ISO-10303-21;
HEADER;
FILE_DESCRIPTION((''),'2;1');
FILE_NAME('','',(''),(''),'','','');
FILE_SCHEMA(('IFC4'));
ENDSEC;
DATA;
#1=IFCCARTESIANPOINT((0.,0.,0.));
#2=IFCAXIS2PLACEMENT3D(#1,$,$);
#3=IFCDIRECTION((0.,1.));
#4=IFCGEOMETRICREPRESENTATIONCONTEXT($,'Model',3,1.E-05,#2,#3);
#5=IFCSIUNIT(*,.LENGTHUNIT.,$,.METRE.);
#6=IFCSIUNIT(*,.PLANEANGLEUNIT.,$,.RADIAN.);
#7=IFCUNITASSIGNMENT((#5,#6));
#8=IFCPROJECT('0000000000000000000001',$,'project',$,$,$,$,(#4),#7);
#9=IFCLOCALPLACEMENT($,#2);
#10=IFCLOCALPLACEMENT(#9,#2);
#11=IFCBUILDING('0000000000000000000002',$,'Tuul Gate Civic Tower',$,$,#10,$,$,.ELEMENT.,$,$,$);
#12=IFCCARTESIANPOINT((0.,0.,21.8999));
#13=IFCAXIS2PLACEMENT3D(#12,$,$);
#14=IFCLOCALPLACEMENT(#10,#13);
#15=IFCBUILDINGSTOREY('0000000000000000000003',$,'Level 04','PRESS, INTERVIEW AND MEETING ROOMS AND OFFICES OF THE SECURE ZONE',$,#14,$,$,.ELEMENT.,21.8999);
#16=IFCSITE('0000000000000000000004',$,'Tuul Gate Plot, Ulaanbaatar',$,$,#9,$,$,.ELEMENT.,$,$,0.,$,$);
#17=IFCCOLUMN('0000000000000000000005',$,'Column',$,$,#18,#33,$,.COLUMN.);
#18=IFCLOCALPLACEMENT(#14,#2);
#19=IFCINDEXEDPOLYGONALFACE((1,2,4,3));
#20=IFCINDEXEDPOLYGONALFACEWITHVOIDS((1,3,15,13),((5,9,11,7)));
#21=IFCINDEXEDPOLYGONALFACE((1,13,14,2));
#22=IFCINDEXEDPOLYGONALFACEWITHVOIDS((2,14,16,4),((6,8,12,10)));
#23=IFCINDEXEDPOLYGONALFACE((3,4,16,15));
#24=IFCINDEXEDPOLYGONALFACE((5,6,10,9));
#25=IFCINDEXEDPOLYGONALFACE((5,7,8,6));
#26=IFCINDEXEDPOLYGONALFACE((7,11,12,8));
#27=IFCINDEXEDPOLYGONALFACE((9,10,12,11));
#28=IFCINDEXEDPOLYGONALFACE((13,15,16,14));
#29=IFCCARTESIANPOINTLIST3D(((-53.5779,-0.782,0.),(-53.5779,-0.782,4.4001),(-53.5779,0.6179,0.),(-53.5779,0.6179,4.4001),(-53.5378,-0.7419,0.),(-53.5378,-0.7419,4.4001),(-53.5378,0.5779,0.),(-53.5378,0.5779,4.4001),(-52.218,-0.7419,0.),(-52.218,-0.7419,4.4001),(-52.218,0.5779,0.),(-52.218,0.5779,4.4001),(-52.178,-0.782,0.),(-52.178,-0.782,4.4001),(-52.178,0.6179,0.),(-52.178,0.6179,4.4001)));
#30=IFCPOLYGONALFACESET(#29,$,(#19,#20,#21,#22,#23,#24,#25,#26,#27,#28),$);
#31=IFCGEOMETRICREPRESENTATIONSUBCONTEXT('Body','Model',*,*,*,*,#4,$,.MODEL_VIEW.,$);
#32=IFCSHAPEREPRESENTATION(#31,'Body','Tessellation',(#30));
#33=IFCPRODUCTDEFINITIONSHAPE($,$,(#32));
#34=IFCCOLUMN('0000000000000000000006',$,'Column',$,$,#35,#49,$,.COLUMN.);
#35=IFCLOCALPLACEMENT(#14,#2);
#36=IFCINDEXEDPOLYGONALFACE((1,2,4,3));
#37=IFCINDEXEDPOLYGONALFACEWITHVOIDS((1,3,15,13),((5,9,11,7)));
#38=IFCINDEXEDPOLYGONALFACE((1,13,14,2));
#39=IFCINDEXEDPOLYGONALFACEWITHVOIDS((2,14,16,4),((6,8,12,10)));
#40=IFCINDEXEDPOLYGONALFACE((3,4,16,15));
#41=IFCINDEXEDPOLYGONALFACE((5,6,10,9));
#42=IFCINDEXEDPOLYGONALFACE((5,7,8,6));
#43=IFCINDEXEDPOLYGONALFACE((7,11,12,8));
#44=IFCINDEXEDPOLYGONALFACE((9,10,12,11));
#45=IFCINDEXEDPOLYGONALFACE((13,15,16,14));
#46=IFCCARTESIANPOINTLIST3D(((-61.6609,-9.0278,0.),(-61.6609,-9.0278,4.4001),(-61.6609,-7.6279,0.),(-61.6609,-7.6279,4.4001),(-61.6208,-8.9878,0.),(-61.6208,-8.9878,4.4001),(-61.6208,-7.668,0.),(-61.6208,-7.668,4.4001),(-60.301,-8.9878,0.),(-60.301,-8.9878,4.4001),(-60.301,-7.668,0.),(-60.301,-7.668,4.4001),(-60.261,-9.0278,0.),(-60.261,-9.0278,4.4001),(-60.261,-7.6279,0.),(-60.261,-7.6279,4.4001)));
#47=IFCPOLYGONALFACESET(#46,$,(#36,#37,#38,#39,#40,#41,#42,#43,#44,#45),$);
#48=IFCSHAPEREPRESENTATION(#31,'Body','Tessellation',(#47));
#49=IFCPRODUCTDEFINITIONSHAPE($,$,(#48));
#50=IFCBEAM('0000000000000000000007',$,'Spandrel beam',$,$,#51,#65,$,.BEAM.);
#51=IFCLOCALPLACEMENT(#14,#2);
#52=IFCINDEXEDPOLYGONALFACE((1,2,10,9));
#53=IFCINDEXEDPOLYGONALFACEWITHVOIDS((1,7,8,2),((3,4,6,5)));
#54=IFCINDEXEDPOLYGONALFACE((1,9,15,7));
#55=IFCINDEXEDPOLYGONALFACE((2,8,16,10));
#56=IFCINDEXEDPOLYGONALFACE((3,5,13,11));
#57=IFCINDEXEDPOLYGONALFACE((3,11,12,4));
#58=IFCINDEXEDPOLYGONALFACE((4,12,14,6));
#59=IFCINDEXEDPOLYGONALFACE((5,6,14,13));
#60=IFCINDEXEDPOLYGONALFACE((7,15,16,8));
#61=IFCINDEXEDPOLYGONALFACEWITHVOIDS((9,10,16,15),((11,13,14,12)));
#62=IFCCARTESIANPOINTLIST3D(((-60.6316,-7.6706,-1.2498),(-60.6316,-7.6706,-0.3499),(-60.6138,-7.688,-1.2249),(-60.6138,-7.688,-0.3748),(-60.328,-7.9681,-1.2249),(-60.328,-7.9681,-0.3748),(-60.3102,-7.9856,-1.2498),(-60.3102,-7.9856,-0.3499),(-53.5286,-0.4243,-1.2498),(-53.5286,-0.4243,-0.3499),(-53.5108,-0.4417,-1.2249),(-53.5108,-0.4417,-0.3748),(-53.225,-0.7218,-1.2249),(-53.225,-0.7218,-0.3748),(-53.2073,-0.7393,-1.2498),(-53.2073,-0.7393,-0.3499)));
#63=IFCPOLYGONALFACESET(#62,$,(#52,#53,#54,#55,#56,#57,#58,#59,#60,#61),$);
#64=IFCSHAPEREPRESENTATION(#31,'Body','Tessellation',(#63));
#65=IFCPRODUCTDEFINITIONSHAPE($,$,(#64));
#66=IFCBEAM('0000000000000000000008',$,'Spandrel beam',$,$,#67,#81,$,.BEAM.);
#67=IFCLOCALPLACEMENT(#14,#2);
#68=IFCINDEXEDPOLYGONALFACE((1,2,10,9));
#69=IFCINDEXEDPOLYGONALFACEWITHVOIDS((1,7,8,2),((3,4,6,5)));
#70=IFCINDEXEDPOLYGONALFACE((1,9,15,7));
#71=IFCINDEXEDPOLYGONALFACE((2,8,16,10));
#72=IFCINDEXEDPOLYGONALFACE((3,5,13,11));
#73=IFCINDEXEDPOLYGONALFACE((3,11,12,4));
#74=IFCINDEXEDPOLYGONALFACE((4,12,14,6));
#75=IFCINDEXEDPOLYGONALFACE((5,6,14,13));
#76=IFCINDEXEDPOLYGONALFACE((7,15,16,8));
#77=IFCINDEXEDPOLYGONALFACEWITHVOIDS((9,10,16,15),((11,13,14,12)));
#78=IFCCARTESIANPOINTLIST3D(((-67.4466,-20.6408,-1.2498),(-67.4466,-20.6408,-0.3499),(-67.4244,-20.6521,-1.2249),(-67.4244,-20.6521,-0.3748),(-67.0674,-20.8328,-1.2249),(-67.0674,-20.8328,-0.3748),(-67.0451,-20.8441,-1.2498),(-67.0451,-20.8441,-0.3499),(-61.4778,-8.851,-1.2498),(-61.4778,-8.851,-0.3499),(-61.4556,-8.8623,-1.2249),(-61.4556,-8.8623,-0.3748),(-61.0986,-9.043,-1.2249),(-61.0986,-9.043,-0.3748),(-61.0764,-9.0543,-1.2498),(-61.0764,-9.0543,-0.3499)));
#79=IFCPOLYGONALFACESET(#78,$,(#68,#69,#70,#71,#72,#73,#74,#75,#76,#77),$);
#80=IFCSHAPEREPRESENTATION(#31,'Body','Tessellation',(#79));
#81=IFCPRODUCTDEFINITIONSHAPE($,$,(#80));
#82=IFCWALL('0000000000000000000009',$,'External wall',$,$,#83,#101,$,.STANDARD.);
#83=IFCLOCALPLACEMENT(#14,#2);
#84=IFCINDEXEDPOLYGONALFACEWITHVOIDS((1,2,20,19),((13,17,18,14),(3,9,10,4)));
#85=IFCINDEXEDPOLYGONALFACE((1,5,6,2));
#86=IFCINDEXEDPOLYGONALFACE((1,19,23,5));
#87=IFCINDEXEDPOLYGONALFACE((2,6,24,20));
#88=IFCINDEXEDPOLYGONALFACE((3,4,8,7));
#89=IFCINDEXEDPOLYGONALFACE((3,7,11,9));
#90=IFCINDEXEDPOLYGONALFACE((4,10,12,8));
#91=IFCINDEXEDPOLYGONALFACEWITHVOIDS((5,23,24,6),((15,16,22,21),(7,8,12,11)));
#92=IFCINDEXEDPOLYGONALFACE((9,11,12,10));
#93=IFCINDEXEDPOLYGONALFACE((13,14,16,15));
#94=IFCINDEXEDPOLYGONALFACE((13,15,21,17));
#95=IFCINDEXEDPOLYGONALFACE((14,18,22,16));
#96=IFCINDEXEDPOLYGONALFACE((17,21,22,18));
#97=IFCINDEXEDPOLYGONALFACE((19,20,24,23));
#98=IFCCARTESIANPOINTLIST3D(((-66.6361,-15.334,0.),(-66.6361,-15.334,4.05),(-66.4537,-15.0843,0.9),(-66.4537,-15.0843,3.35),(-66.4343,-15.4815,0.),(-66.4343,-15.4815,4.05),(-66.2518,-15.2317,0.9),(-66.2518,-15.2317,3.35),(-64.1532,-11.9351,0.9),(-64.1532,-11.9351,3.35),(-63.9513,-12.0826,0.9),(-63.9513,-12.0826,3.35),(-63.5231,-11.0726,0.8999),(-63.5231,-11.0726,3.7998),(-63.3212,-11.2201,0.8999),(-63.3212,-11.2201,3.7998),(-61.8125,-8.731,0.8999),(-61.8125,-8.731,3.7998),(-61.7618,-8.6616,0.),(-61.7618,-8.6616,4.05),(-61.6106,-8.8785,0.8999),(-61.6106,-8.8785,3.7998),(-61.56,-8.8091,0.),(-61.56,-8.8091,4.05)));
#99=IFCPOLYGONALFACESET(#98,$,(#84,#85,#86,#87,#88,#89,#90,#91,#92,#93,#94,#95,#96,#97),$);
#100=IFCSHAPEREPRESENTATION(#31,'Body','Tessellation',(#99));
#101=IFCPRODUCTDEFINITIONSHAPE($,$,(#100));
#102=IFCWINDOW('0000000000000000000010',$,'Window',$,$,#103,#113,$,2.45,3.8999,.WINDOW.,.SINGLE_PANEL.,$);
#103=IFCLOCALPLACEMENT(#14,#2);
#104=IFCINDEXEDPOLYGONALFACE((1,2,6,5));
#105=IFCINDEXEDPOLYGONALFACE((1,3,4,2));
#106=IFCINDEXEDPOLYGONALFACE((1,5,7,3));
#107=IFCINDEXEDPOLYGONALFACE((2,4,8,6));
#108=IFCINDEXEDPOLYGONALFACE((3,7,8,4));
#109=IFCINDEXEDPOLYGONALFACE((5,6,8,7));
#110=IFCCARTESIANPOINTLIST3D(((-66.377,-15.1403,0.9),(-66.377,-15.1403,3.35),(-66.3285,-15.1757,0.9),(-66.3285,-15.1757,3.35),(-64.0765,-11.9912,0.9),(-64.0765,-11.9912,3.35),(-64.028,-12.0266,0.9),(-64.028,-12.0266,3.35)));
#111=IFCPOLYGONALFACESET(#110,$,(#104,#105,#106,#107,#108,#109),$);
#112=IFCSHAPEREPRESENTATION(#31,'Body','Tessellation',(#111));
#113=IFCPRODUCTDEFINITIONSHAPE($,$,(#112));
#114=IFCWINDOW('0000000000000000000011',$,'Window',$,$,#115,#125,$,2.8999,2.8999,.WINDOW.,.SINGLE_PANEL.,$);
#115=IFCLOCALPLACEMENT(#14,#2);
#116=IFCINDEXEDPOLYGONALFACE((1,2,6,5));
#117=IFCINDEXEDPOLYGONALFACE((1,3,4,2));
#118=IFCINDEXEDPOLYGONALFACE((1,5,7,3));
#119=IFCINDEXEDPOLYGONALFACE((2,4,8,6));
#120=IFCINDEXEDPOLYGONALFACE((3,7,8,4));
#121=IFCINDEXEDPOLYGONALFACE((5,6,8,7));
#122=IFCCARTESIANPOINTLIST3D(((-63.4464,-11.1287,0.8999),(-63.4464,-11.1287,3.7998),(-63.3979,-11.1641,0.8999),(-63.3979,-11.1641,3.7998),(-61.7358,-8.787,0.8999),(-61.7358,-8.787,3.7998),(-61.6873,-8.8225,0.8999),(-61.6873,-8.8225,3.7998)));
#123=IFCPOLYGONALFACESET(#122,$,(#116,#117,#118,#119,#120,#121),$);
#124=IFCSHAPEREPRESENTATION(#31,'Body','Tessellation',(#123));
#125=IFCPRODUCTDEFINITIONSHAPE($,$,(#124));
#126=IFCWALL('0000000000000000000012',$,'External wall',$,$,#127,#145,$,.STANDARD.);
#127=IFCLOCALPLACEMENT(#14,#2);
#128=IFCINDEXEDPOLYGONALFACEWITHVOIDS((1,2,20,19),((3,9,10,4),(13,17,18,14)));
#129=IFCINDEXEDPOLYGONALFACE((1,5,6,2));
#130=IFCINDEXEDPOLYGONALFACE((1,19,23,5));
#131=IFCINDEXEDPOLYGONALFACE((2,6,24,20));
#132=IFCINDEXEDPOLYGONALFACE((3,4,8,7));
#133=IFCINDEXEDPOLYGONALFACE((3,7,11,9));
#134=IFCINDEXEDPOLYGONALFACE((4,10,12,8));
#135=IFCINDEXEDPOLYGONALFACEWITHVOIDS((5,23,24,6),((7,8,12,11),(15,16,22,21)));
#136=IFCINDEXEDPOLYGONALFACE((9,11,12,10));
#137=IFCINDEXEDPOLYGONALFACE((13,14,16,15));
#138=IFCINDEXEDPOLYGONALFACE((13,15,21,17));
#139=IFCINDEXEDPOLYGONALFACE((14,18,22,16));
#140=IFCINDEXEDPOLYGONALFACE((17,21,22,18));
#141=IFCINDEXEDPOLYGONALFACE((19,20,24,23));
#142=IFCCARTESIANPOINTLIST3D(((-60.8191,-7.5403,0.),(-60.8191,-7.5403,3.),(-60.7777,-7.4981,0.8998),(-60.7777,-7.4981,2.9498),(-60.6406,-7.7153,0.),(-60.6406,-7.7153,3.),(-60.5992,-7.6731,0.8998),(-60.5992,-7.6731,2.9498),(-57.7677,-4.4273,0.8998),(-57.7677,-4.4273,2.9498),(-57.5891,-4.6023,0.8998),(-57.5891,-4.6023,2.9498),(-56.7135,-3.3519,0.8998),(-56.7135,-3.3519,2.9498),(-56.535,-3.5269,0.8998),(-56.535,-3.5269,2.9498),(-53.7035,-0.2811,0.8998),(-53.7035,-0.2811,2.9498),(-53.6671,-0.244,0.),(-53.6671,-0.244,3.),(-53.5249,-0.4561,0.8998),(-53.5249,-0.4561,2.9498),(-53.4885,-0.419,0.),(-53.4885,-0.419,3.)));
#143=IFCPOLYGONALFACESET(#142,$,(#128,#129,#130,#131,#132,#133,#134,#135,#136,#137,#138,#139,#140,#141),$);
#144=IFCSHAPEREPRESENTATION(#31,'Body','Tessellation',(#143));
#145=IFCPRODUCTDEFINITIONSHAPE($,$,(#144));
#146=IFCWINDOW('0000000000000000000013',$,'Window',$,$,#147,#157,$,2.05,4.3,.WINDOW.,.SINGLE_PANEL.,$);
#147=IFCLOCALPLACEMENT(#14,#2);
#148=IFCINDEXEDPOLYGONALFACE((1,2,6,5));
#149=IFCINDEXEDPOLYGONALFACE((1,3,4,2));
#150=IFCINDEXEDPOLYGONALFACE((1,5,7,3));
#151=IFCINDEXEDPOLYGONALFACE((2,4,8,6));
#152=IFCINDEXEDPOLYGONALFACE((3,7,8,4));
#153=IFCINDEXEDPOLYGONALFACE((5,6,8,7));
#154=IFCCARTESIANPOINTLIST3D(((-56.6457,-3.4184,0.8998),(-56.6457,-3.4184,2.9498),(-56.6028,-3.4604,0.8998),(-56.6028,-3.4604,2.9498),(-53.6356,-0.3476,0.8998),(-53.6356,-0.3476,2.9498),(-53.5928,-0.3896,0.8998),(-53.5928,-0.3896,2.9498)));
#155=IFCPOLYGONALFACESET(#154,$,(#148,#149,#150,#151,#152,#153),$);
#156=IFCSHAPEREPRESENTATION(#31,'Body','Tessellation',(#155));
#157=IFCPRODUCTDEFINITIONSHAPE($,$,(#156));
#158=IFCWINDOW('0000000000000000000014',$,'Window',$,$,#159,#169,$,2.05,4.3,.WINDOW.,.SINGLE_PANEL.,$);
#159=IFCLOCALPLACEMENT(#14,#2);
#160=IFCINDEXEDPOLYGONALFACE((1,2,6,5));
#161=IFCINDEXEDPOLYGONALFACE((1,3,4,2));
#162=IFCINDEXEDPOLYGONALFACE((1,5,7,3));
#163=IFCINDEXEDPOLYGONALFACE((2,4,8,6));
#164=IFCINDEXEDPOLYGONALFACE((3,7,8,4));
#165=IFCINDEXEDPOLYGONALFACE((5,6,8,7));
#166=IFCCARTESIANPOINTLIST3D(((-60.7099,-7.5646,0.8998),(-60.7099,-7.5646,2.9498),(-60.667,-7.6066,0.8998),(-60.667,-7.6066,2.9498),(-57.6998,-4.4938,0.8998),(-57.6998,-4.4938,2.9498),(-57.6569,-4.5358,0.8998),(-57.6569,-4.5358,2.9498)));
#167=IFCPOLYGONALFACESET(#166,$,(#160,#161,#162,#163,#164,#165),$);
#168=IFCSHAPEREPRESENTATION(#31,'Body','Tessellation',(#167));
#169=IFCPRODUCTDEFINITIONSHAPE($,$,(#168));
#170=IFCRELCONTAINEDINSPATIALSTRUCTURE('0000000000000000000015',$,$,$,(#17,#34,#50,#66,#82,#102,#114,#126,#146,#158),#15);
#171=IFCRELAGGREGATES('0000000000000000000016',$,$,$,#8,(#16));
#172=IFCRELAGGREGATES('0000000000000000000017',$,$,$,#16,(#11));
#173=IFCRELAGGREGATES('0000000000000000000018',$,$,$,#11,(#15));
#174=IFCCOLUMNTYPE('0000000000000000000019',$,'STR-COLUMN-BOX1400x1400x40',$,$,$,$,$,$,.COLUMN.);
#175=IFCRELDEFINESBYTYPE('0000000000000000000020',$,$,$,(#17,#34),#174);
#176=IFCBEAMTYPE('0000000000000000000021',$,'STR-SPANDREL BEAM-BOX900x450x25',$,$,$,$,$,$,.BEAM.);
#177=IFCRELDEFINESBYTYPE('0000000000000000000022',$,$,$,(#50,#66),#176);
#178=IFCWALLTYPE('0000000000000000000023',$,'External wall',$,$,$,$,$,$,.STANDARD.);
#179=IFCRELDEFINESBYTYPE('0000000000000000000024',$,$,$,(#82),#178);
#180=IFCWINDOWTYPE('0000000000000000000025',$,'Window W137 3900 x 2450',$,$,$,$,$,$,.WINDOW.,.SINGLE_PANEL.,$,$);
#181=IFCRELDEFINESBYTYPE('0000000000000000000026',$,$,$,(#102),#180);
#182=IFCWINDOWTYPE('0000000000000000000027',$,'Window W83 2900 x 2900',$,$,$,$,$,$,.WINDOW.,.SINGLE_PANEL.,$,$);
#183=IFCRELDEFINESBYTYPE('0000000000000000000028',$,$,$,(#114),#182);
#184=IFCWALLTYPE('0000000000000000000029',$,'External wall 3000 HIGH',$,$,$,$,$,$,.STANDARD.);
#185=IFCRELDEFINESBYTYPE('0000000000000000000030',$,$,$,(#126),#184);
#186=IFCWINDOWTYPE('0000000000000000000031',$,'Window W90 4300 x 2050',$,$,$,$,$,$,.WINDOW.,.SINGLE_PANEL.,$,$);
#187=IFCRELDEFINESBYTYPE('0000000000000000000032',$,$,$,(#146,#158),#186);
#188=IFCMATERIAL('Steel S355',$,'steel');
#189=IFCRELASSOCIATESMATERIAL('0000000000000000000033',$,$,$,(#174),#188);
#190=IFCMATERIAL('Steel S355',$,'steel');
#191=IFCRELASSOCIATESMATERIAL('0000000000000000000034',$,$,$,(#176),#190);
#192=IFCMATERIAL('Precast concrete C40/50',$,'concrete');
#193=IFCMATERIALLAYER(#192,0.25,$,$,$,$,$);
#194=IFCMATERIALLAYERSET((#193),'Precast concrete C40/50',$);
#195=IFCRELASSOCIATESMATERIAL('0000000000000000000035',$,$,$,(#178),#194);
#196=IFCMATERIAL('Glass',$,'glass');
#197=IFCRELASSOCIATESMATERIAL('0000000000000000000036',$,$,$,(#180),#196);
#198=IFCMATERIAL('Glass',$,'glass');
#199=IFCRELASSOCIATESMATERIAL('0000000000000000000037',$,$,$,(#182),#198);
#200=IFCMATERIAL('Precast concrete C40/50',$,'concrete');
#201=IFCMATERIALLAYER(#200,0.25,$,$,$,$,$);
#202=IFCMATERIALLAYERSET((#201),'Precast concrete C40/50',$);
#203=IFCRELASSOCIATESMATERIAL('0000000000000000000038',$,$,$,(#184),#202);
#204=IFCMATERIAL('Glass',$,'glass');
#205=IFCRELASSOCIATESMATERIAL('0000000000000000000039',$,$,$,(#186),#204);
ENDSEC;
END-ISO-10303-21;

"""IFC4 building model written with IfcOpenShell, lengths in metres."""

from ifc_helpers import new_model, si_unit, direction, frame, frame_2d, origin, origin_2d, place, context, subcontext, project, spatial, rectangle, hollow_rectangle, extrude, material, layer, layer_set, material_profile, profile_set, type_object, element, fill, save


model = new_model("IFC4")

# Units and contexts
model_context = context("Model", 3, precision=1e-05, world=origin(), true_north=direction((0.0, 1.0)))
body_context = subcontext(model_context, "Body", "Model", "MODEL_VIEW")
ifc_project = project(units=[si_unit("LENGTHUNIT", "METRE"), si_unit("PLANEANGLEUNIT", "RADIAN")], contexts=[model_context])

# Site, building, storey
site_placement = place(None, origin())
site = spatial("IfcSite", under=ifc_project, at=site_placement, Name="Tuul Gate Plot, Ulaanbaatar", CompositionType="ELEMENT", RefElevation=0.0)
building_placement = place(site_placement, origin())
building = spatial("IfcBuilding", under=site, at=building_placement, Name="Tuul Gate Civic Tower", CompositionType="ELEMENT")
storey_placement = place(building_placement, frame((0.0, 0.0, 21.8999)))
storey = spatial("IfcBuildingStorey", under=building, at=storey_placement, Name="Level 04", Description="PRESS, INTERVIEW AND MEETING ROOMS AND OFFICES OF THE SECURE ZONE", CompositionType="ELEMENT", Elevation=21.8999)

# Columns
ifc_material_1 = material(Name="Steel S355", Category="steel")
ifc_material_profile_1 = material_profile(ifc_material_1, hollow_rectangle(XDim=1.3999, YDim=1.3999, WallThickness=0.04, at=origin_2d()), Name="BOX1400x1400x40")
ifc_profile_set_1 = profile_set([ifc_material_profile_1], Name="Steel S355")
column_type = type_object("IfcColumnType", Name="STR-COLUMN-BOX1400x1400x40", PredefinedType="COLUMN", material=ifc_profile_set_1)
for number, where, z_axis, x_axis, name in (
    (1, (-52.8779, -0.082, 0.0), (0.0, 0.0, 1.0), (1.0, 0.0, 0.0), "Column"),
    (2, (-60.9609, -8.3279, 0.0), (0.0, 0.0, 1.0), (1.0, 0.0, 0.0), "Column"),
):
    element("IfcColumn", number, at=place(storey_placement, frame(where, z_axis=z_axis, x_axis=x_axis)), inside=storey, type_object=column_type, Name=name, PredefinedType="COLUMN", context=body_context, shape_type="SweptSolid", body=[
        extrude(hollow_rectangle(XDim=1.3999, YDim=1.3999, WallThickness=0.04, at=origin_2d()), origin(), (0.0, 0.0, 1.0), 4.4001),
    ])

# Beams
ifc_material_2 = material(Name="Steel S355", Category="steel")
ifc_material_profile_2 = material_profile(ifc_material_2, hollow_rectangle(XDim=0.45, YDim=0.8999, WallThickness=0.0249, at=origin_2d()), Name="BOX900x450x25")
ifc_profile_set_2 = profile_set([ifc_material_profile_2], Name="Steel S355")
beam_type = type_object("IfcBeamType", Name="STR-SPANDREL BEAM-BOX900x450x25", PredefinedType="BEAM", material=ifc_profile_set_2)
beam_1_placement = place(storey_placement, frame((-53.3679, -0.5818, -0.7998), z_axis=(-0.70001, -0.714133, 0.0), x_axis=(0.714133, -0.70001, 0.0)))
element("IfcBeam", 3, at=beam_1_placement, inside=storey, type_object=beam_type, Name="Spandrel beam", PredefinedType="BEAM", context=body_context, shape_type="SweptSolid", body=[
    extrude(hollow_rectangle(XDim=0.45, YDim=0.8999, WallThickness=0.0249, at=origin_2d()), origin(), (0.0, 0.0, 1.0), 10.147),
])
beam_2_placement = place(storey_placement, frame((-61.2771, -8.9526, -0.7998), z_axis=(-0.451679, -0.892181, 0.0), x_axis=(0.892181, -0.451679, 0.0)))
element("IfcBeam", 4, at=beam_2_placement, inside=storey, type_object=beam_type, Name="Spandrel beam", PredefinedType="BEAM", context=body_context, shape_type="SweptSolid", body=[
    extrude(hollow_rectangle(XDim=0.45, YDim=0.8999, WallThickness=0.0249, at=origin_2d()), origin(), (0.0, 0.0, 1.0), 13.2146),
])

# Walls, openings, windows
ifc_material_3 = material(Name="Precast concrete C40/50", Category="concrete")
ifc_layer_1 = layer(ifc_material_3, 0.25)
ifc_layer_set_1 = layer_set([ifc_layer_1], Name="Precast concrete C40/50")
wall_type_1 = type_object("IfcWallType", Name="External wall", PredefinedType="STANDARD", material=ifc_layer_set_1)
wall_1_placement = place(storey_placement, frame((-61.6609, -8.7354, 0.0), z_axis=(0.0, 0.0, 1.0), x_axis=(-0.589883, -0.807489, 0.0)))
wall_1 = element("IfcWall", 5, at=wall_1_placement, inside=storey, type_object=wall_type_1, Name="External wall", PredefinedType="STANDARD", context=body_context, shape_type="SweptSolid", body=[
    extrude(rectangle(XDim=8.2632, YDim=0.25, at=frame_2d((4.1316, 0.0))), origin(), (0.0, 0.0, 1.0), 4.05),
])
opening_1_placement = place(wall_1_placement, frame((0.0859, 0.0, 0.8999)))
opening_1 = element("IfcOpeningElement", 6, at=opening_1_placement, cuts=wall_1, PredefinedType="OPENING", context=body_context, shape_type="SweptSolid", body=[
    extrude(rectangle(XDim=2.8999, YDim=2.8999, at=frame_2d((1.45, 1.45))), frame((0.0, 0.135, 0.0), z_axis=(0.0, -1.0, 0.0), x_axis=(1.0, 0.0, 0.0)), (0.0, 0.0, 1.0), 0.27),
])
opening_2_placement = place(wall_1_placement, frame((4.054, 0.0, 0.8999)))
opening_2 = element("IfcOpeningElement", 7, at=opening_2_placement, cuts=wall_1, PredefinedType="OPENING", context=body_context, shape_type="SweptSolid", body=[
    extrude(rectangle(XDim=3.8999, YDim=2.45, at=frame_2d((1.95, 1.2251))), frame((0.0, 0.135, 0.0), z_axis=(0.0, -1.0, 0.0), x_axis=(1.0, 0.0, 0.0)), (0.0, 0.0, 1.0), 0.27),
])
ifc_material_4 = material(Name="Glass", Category="glass")
window_type_1 = type_object("IfcWindowType", Name="Window W137 3900 x 2450", PartitioningType="SINGLE_PANEL", PredefinedType="WINDOW", material=ifc_material_4)
window_1_placement = place(opening_2_placement, origin())
window_1 = element("IfcWindow", 8, at=window_1_placement, inside=storey, type_object=window_type_1, Name="Window", OverallHeight=2.45, OverallWidth=3.8999, PartitioningType="SINGLE_PANEL", PredefinedType="WINDOW", context=body_context, shape_type="SweptSolid", body=[
    extrude(rectangle(XDim=3.8999, YDim=2.45, at=frame_2d((1.95, 1.2251))), frame((0.0, 0.03, 0.0), z_axis=(0.0, -1.0, 0.0), x_axis=(1.0, 0.0, 0.0)), (0.0, 0.0, 1.0), 0.0601),
])
fill(opening_2, window_1)
ifc_material_5 = material(Name="Glass", Category="glass")
window_type_2 = type_object("IfcWindowType", Name="Window W83 2900 x 2900", PartitioningType="SINGLE_PANEL", PredefinedType="WINDOW", material=ifc_material_5)
window_2_placement = place(opening_1_placement, origin())
window_2 = element("IfcWindow", 9, at=window_2_placement, inside=storey, type_object=window_type_2, Name="Window", OverallHeight=2.8999, OverallWidth=2.8999, PartitioningType="SINGLE_PANEL", PredefinedType="WINDOW", context=body_context, shape_type="SweptSolid", body=[
    extrude(rectangle(XDim=2.8999, YDim=2.8999, at=frame_2d((1.45, 1.45))), frame((0.0, 0.03, 0.0), z_axis=(0.0, -1.0, 0.0), x_axis=(1.0, 0.0, 0.0)), (0.0, 0.0, 1.0), 0.0601),
])
fill(opening_1, window_2)
ifc_material_6 = material(Name="Precast concrete C40/50", Category="concrete")
ifc_layer_2 = layer(ifc_material_6, 0.25)
ifc_layer_set_2 = layer_set([ifc_layer_2], Name="Precast concrete C40/50")
wall_type_2 = type_object("IfcWallType", Name="External wall 3000 HIGH", PredefinedType="STANDARD", material=ifc_layer_set_2)
wall_2_placement = place(storey_placement, frame((-53.5779, -0.3315, 0.0), z_axis=(0.0, 0.0, 1.0), x_axis=(-0.70001, -0.714133, 0.0)))
wall_2 = element("IfcWall", 10, at=wall_2_placement, inside=storey, type_object=wall_type_2, Name="External wall", PredefinedType="STANDARD", context=body_context, shape_type="SweptSolid", body=[
    extrude(rectangle(XDim=10.217, YDim=0.25, at=frame_2d((5.1084, 0.0))), origin(), (0.0, 0.0, 1.0), 3.0),
])
opening_3_placement = place(wall_2_placement, frame((0.052, 0.0, 0.8999)))
opening_3 = element("IfcOpeningElement", 11, at=opening_3_placement, cuts=wall_2, PredefinedType="OPENING", context=body_context, shape_type="SweptSolid", body=[
    extrude(rectangle(XDim=4.3, YDim=2.05, at=frame_2d((2.1499, 1.0249))), frame((0.0, 0.135, 0.0), z_axis=(0.0, -1.0, 0.0), x_axis=(1.0, 0.0, 0.0)), (0.0, 0.0, 1.0), 0.27),
])
opening_4_placement = place(wall_2_placement, frame((5.8579, 0.0, 0.8999)))
opening_4 = element("IfcOpeningElement", 12, at=opening_4_placement, cuts=wall_2, PredefinedType="OPENING", context=body_context, shape_type="SweptSolid", body=[
    extrude(rectangle(XDim=4.3, YDim=2.05, at=frame_2d((2.1499, 1.0249))), frame((0.0, 0.135, 0.0), z_axis=(0.0, -1.0, 0.0), x_axis=(1.0, 0.0, 0.0)), (0.0, 0.0, 1.0), 0.27),
])
ifc_material_7 = material(Name="Glass", Category="glass")
window_type_3 = type_object("IfcWindowType", Name="Window W90 4300 x 2050", PartitioningType="SINGLE_PANEL", PredefinedType="WINDOW", material=ifc_material_7)
window_3_placement = place(opening_3_placement, origin())
window_3 = element("IfcWindow", 13, at=window_3_placement, inside=storey, type_object=window_type_3, Name="Window", OverallHeight=2.05, OverallWidth=4.3, PartitioningType="SINGLE_PANEL", PredefinedType="WINDOW", context=body_context, shape_type="SweptSolid", body=[
    extrude(rectangle(XDim=4.3, YDim=2.05, at=frame_2d((2.1499, 1.0249))), frame((0.0, 0.03, 0.0), z_axis=(0.0, -1.0, 0.0), x_axis=(1.0, 0.0, 0.0)), (0.0, 0.0, 1.0), 0.0601),
])
fill(opening_3, window_3)
window_4_placement = place(opening_4_placement, origin())
window_4 = element("IfcWindow", 14, at=window_4_placement, inside=storey, type_object=window_type_3, Name="Window", OverallHeight=2.05, OverallWidth=4.3, PartitioningType="SINGLE_PANEL", PredefinedType="WINDOW", context=body_context, shape_type="SweptSolid", body=[
    extrude(rectangle(XDim=4.3, YDim=2.05, at=frame_2d((2.1499, 1.0249))), frame((0.0, 0.03, 0.0), z_axis=(0.0, -1.0, 0.0), x_axis=(1.0, 0.0, 0.0)), (0.0, 0.0, 1.0), 0.0601),
])
fill(opening_4, window_4)

save(model, "model.ifc")
